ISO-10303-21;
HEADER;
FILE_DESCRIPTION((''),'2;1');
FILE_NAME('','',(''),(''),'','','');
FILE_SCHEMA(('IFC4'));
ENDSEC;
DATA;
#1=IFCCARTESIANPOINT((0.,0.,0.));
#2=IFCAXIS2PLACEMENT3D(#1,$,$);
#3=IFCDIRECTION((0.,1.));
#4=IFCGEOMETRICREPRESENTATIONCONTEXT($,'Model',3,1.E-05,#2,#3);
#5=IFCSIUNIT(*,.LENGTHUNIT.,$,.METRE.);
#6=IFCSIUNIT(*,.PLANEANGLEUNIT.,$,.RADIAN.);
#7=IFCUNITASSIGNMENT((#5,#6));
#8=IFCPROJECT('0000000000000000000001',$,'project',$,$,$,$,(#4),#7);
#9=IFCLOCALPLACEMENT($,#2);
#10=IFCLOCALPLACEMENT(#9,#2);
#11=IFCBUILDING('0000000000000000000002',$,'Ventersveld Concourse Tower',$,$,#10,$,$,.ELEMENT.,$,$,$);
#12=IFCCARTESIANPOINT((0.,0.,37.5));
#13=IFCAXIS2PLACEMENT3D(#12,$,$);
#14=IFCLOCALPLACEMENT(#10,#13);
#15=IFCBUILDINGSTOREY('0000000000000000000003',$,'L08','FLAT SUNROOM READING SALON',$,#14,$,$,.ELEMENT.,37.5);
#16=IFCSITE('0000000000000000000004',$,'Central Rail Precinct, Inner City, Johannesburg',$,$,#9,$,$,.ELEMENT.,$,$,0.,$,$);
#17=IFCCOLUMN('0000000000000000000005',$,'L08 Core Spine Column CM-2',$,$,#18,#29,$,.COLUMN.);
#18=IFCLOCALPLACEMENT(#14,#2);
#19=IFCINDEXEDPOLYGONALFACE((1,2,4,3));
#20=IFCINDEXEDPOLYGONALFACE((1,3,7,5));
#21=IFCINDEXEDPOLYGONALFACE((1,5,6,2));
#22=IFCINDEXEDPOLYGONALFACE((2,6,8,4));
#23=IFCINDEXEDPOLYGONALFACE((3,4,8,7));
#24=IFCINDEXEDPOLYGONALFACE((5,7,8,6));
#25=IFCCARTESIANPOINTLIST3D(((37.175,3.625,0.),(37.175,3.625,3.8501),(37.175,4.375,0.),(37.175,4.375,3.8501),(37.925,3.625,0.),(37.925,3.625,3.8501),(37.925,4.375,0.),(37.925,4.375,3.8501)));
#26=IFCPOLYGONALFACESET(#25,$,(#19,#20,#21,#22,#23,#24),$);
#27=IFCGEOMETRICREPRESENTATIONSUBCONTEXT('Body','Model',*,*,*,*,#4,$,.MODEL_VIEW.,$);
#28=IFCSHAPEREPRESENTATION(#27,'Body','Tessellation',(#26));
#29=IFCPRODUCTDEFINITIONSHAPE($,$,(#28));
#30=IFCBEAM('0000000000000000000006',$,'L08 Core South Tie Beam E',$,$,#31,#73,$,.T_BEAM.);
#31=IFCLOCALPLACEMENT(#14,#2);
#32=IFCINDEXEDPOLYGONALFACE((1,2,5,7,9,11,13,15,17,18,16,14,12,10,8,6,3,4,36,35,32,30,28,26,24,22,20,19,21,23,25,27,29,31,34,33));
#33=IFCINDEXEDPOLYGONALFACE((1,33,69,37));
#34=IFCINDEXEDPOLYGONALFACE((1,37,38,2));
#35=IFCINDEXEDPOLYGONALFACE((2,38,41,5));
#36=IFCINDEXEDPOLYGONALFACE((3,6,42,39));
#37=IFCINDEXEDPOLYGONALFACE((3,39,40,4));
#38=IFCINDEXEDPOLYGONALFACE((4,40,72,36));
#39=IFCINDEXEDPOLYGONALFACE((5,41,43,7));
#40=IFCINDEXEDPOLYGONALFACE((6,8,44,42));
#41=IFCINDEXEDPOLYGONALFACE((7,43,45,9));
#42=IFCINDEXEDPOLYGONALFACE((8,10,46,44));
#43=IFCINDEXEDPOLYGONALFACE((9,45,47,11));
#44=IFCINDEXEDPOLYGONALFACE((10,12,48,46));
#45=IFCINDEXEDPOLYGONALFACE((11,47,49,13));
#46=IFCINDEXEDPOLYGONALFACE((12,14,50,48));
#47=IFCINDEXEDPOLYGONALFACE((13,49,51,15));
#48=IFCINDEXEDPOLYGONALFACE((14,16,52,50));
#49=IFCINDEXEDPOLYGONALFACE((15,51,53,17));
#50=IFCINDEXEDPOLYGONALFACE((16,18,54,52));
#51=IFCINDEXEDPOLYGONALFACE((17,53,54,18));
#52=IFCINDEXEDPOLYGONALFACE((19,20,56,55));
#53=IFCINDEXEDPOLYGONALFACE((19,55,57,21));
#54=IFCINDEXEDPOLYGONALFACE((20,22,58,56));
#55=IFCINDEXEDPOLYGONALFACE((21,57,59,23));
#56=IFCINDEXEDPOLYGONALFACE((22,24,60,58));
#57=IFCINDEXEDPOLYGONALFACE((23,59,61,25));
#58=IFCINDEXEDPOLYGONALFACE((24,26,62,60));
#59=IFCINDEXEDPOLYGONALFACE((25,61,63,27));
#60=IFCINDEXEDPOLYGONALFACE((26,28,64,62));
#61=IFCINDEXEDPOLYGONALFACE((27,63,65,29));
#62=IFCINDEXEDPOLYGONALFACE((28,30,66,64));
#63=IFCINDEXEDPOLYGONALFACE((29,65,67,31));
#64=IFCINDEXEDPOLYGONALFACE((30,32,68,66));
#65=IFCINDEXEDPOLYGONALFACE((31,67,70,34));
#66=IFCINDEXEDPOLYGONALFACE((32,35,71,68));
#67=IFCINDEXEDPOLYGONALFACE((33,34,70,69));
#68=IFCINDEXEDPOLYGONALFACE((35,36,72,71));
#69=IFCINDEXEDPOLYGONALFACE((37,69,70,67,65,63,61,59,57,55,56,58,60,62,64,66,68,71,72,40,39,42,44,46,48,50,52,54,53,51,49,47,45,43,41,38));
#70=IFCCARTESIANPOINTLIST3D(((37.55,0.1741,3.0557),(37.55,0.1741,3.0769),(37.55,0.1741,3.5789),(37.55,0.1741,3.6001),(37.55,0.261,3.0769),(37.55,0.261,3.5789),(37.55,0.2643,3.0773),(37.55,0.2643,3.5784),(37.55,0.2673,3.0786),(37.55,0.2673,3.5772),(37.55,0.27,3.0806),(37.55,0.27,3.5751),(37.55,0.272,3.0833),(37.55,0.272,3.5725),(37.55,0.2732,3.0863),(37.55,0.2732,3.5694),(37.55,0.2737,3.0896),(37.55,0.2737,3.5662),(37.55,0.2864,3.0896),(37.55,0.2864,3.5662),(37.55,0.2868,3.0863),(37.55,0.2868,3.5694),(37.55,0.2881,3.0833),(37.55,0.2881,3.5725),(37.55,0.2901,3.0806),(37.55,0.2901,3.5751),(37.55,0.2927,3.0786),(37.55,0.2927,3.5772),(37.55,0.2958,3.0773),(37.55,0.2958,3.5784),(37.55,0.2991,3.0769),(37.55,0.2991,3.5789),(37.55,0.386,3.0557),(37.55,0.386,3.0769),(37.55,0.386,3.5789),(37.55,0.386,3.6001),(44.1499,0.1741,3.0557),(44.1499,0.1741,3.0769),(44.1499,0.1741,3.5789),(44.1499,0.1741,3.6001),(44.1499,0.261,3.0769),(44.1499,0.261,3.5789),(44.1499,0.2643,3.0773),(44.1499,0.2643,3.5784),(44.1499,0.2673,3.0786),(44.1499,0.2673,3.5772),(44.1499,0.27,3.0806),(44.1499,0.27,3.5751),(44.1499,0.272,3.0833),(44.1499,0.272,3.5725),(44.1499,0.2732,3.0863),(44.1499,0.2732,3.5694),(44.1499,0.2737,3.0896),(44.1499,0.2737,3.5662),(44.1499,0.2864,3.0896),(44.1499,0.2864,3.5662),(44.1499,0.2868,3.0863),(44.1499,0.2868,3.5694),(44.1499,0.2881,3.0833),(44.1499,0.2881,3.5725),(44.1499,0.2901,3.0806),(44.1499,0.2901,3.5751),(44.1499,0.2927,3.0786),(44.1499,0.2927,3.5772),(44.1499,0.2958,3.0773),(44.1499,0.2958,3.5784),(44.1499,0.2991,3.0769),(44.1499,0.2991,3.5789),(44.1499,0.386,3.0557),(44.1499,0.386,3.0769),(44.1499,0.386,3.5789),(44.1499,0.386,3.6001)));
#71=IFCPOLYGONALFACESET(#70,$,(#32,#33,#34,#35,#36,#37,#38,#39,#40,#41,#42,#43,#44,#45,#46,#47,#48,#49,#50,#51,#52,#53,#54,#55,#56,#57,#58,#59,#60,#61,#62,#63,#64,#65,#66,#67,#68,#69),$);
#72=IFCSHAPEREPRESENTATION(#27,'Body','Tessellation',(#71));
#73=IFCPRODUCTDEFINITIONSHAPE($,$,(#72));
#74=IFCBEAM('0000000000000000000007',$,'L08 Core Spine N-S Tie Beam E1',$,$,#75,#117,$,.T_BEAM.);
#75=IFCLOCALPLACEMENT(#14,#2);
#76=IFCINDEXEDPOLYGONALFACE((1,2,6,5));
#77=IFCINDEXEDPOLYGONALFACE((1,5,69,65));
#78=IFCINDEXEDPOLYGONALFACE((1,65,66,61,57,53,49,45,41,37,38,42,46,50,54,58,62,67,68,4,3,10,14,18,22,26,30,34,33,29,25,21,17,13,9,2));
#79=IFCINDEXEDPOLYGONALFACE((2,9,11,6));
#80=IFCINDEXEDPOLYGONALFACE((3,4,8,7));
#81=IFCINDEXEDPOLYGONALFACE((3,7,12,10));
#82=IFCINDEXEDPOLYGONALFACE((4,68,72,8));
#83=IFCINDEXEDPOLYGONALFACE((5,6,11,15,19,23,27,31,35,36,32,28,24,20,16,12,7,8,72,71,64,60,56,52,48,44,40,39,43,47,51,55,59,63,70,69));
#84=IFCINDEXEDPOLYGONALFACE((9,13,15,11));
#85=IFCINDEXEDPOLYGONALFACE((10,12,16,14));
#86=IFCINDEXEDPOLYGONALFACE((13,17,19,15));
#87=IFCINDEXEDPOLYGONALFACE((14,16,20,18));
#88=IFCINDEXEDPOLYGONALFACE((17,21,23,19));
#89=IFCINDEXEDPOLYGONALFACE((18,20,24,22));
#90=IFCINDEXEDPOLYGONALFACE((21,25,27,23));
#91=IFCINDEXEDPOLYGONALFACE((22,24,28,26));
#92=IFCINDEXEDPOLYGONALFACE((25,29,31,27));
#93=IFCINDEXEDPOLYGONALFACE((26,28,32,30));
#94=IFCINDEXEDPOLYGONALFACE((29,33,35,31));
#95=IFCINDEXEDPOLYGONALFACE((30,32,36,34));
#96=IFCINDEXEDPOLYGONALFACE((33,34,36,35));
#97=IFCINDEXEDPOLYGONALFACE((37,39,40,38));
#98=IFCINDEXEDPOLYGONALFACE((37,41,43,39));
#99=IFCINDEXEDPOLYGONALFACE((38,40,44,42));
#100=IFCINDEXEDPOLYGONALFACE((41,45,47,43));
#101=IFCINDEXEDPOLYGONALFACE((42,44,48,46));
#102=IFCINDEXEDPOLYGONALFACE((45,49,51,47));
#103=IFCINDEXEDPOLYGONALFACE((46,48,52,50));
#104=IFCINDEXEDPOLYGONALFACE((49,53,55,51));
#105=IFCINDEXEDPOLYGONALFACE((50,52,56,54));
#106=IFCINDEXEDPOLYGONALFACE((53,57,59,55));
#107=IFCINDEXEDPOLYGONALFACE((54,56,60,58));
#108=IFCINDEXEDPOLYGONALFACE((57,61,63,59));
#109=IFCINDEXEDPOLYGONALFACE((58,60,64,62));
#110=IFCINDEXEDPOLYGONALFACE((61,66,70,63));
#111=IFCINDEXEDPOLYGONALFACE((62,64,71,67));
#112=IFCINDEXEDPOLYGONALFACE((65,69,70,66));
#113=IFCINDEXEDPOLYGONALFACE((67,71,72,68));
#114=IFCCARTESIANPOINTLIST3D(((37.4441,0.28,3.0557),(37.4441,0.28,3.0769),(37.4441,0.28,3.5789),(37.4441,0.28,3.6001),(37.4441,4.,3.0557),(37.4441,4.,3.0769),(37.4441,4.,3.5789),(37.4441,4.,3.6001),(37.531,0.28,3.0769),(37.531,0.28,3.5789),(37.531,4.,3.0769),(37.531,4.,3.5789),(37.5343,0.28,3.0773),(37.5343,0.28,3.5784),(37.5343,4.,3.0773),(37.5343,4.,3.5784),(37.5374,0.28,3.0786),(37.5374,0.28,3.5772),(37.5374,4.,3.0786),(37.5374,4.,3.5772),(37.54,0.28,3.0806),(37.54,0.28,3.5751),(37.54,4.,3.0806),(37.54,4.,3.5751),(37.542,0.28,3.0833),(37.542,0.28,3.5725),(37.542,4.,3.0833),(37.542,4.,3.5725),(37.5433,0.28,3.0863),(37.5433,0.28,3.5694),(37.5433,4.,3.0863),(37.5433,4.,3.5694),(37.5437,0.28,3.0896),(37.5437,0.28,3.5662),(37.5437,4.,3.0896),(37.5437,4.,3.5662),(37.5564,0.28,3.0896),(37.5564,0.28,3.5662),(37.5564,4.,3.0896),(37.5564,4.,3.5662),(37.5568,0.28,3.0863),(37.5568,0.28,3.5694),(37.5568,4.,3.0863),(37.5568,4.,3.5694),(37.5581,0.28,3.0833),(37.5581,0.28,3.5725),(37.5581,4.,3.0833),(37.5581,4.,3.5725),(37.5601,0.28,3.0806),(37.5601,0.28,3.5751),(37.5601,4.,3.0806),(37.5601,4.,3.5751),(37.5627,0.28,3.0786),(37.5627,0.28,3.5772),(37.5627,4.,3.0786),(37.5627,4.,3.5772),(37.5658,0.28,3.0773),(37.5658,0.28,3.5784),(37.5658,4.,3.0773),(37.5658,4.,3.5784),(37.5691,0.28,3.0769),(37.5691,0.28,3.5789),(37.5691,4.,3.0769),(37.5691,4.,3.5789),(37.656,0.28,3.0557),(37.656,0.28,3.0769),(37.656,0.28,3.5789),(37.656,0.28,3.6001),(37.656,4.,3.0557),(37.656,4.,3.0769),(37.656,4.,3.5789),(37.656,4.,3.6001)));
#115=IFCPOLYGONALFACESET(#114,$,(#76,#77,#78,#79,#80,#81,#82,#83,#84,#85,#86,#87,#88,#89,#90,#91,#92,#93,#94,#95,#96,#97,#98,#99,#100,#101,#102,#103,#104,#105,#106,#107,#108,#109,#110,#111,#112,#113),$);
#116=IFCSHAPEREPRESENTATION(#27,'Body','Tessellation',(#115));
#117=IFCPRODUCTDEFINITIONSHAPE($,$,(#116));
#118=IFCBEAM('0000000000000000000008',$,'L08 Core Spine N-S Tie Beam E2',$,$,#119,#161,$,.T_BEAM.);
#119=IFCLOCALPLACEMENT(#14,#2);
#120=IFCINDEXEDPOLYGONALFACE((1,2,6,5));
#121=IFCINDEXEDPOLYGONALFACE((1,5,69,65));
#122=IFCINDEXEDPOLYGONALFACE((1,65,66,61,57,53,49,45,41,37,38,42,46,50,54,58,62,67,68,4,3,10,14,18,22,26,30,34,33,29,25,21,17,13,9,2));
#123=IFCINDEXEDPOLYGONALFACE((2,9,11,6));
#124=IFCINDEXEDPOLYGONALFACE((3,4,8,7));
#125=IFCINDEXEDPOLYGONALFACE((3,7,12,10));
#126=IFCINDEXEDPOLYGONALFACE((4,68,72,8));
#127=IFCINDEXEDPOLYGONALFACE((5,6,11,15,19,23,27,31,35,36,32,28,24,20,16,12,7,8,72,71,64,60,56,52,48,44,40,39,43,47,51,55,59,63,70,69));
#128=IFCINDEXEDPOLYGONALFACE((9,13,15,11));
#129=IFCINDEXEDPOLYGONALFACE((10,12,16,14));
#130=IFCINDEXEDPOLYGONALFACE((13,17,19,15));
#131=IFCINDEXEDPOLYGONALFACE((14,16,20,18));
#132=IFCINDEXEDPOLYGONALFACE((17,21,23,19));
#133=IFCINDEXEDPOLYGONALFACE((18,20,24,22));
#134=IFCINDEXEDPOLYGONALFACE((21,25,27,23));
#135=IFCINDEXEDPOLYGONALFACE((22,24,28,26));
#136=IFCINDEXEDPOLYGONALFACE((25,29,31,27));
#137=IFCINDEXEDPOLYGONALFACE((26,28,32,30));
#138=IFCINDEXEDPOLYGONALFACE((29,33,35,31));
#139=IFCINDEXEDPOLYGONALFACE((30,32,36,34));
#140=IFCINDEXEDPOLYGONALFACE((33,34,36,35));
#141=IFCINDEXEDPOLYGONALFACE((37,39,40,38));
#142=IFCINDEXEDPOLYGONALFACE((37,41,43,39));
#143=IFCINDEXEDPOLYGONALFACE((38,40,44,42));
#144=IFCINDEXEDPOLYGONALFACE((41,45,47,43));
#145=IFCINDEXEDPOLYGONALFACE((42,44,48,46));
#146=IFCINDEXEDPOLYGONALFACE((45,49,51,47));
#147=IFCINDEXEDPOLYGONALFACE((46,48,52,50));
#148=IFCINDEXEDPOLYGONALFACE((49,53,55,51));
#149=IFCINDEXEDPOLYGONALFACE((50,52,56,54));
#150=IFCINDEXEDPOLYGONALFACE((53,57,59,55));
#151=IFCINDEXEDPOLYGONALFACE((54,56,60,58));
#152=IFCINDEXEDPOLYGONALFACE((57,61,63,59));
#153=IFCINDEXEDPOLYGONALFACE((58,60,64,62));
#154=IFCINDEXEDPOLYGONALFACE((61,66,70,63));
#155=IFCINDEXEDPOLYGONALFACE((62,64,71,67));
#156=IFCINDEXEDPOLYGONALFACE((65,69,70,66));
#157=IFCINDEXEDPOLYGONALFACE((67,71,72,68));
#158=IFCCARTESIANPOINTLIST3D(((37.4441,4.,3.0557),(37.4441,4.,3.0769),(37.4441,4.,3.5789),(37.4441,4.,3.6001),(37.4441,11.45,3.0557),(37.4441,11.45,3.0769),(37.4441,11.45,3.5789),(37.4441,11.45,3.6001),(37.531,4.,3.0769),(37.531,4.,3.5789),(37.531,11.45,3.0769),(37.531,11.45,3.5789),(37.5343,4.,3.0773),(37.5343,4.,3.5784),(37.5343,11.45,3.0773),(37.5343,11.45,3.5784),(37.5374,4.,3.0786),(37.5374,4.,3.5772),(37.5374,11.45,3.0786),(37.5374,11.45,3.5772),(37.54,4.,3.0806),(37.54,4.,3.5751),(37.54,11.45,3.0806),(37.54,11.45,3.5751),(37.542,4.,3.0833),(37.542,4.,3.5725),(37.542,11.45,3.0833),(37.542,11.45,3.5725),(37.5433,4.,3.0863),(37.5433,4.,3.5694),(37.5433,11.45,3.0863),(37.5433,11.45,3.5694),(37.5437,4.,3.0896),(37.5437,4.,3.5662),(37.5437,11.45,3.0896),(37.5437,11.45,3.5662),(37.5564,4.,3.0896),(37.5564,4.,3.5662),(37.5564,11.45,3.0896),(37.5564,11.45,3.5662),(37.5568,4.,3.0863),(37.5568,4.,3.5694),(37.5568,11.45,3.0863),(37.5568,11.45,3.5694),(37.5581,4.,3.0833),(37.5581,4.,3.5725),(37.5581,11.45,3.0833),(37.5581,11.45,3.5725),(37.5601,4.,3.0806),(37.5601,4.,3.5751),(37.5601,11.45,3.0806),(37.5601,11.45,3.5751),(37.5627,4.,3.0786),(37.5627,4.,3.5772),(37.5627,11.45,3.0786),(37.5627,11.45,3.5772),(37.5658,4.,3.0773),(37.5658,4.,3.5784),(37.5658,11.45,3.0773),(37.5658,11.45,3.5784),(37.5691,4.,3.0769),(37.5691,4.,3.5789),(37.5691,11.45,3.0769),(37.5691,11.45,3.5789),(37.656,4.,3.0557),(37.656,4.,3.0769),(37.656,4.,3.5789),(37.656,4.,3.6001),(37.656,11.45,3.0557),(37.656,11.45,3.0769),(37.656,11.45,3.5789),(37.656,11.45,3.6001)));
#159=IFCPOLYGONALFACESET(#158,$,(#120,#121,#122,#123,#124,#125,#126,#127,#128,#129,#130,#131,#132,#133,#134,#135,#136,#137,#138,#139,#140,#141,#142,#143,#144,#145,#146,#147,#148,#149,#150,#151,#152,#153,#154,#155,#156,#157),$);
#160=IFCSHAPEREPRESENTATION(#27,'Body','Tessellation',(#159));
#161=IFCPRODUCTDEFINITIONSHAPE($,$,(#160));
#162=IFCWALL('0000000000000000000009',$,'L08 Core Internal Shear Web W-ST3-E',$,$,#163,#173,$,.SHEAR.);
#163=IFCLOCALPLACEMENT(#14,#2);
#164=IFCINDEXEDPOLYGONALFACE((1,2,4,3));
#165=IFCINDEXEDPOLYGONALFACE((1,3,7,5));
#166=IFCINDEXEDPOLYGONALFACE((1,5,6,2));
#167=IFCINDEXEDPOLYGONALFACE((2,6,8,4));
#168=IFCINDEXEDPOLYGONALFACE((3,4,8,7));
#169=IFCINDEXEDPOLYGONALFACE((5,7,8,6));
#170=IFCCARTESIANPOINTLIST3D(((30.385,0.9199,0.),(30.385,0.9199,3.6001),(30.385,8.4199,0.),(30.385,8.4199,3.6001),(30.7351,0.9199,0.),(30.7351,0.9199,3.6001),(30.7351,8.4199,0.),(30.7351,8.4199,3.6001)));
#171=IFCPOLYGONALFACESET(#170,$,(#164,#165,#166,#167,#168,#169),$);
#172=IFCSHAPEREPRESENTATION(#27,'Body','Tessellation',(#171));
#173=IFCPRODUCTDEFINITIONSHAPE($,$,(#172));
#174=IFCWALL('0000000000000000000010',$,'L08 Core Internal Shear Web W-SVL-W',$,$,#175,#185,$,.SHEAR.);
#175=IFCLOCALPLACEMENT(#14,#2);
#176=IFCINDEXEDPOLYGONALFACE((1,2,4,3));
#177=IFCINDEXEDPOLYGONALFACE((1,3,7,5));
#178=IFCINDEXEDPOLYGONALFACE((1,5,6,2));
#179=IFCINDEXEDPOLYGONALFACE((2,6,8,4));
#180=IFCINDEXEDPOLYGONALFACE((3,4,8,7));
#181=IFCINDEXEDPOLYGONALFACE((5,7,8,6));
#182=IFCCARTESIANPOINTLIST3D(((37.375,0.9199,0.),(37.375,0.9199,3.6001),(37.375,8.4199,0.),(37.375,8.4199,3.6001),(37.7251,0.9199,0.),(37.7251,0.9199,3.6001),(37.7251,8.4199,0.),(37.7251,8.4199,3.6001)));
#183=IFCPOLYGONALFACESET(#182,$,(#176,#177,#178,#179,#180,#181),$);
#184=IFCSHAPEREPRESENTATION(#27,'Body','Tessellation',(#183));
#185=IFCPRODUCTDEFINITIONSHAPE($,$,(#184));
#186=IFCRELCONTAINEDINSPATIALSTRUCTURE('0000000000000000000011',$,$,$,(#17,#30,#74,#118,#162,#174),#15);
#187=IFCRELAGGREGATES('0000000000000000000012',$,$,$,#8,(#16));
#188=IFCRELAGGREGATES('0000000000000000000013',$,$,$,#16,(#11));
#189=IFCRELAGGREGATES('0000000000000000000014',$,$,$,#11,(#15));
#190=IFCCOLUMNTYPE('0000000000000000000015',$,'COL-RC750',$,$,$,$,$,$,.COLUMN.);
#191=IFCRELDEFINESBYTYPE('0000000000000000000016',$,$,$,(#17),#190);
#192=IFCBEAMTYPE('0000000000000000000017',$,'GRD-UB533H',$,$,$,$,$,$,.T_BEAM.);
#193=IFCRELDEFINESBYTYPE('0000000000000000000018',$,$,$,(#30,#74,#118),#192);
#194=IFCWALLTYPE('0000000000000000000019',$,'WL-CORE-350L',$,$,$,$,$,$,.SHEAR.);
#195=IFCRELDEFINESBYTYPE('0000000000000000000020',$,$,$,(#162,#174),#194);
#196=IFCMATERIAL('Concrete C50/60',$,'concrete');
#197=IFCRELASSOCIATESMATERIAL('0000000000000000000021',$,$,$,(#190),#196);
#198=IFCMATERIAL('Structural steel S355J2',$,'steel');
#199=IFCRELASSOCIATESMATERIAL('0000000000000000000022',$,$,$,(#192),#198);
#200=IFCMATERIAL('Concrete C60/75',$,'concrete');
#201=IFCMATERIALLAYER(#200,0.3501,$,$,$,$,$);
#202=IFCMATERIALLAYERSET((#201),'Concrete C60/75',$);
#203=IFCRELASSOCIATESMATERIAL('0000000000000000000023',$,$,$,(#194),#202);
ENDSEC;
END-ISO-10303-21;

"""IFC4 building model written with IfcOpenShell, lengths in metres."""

from ifc_helpers import new_model, si_unit, direction, frame, frame_2d, origin, origin_2d, place, context, subcontext, project, spatial, rectangle, i_section, extrude, material, layer, layer_set, material_profile, profile_set, type_object, element, save


model = new_model("IFC4")

# Units and contexts
model_context = context("Model", 3, precision=1e-05, world=origin(), true_north=direction((0.0, 1.0)))
body_context = subcontext(model_context, "Body", "Model", "MODEL_VIEW")
ifc_project = project(units=[si_unit("LENGTHUNIT", "METRE"), si_unit("PLANEANGLEUNIT", "RADIAN")], contexts=[model_context])

# Site, building, storey
site_placement = place(None, origin())
site = spatial("IfcSite", under=ifc_project, at=site_placement, Name="Central Rail Precinct, Inner City, Johannesburg", CompositionType="ELEMENT", RefElevation=0.0)
building_placement = place(site_placement, origin())
building = spatial("IfcBuilding", under=site, at=building_placement, Name="Ventersveld Concourse Tower", CompositionType="ELEMENT")
storey_placement = place(building_placement, frame((0.0, 0.0, 37.5)))
storey = spatial("IfcBuildingStorey", under=building, at=storey_placement, Name="L08", Description="FLAT SUNROOM READING SALON", CompositionType="ELEMENT", Elevation=37.5)

# Column
ifc_material_1 = material(Name="Concrete C50/60", Category="concrete")
ifc_material_profile_1 = material_profile(ifc_material_1, rectangle(XDim=0.75, YDim=0.75, at=origin_2d()), Name="RC 750x750")
ifc_profile_set_1 = profile_set([ifc_material_profile_1], Name="Concrete C50/60")
column_type = type_object("IfcColumnType", Name="COL-RC750", PredefinedType="COLUMN", material=ifc_profile_set_1)
column_placement = place(storey_placement, frame((37.55, 4.0, 0.0), z_axis=(0.0, 0.0, 1.0), x_axis=(1.0, 0.0, 0.0)))
element("IfcColumn", 1, at=column_placement, inside=storey, type_object=column_type, Name="L08 Core Spine Column CM-2", PredefinedType="COLUMN", context=body_context, shape_type="SweptSolid", body=[
    extrude(rectangle(XDim=0.75, YDim=0.75, at=origin_2d()), origin(), (0.0, 0.0, 1.0), 3.8501),
])

# Beams
ifc_material_2 = material(Name="Structural steel S355J2", Category="steel")
ifc_material_profile_2 = material_profile(ifc_material_2, i_section(OverallWidth=0.2119, OverallDepth=0.5444, WebThickness=0.0127, FlangeThickness=0.0212, FilletRadius=0.0127, at=origin_2d()), Name="UB 533x210x122")
ifc_profile_set_2 = profile_set([ifc_material_profile_2], Name="Structural steel S355J2")
beam_type = type_object("IfcBeamType", Name="GRD-UB533H", PredefinedType="T_BEAM", material=ifc_profile_set_2)
beam_1_placement = place(storey_placement, frame((37.55, 0.28, 3.3279), z_axis=(1.0, 0.0, 0.0), x_axis=(0.0, 1.0, 0.0)))
element("IfcBeam", 2, at=beam_1_placement, inside=storey, type_object=beam_type, Name="L08 Core South Tie Beam E", PredefinedType="T_BEAM", context=body_context, shape_type="SweptSolid", body=[
    extrude(i_section(OverallWidth=0.2119, OverallDepth=0.5444, WebThickness=0.0127, FlangeThickness=0.0212, FilletRadius=0.0127, at=origin_2d()), origin(), (0.0, 0.0, 1.0), 6.5999),
])
beam_2_placement = place(storey_placement, frame((37.55, 0.28, 3.3279), z_axis=(0.0, 1.0, 0.0), x_axis=(-1.0, 0.0, 0.0)))
element("IfcBeam", 3, at=beam_2_placement, inside=storey, type_object=beam_type, Name="L08 Core Spine N-S Tie Beam E1", PredefinedType="T_BEAM", context=body_context, shape_type="SweptSolid", body=[
    extrude(i_section(OverallWidth=0.2119, OverallDepth=0.5444, WebThickness=0.0127, FlangeThickness=0.0212, FilletRadius=0.0127, at=origin_2d()), origin(), (0.0, 0.0, 1.0), 3.72),
])
beam_3_placement = place(storey_placement, frame((37.55, 4.0, 3.3279), z_axis=(0.0, 1.0, 0.0), x_axis=(-1.0, 0.0, 0.0)))
element("IfcBeam", 4, at=beam_3_placement, inside=storey, type_object=beam_type, Name="L08 Core Spine N-S Tie Beam E2", PredefinedType="T_BEAM", context=body_context, shape_type="SweptSolid", body=[
    extrude(i_section(OverallWidth=0.2119, OverallDepth=0.5444, WebThickness=0.0127, FlangeThickness=0.0212, FilletRadius=0.0127, at=origin_2d()), origin(), (0.0, 0.0, 1.0), 7.45),
])

# Walls
ifc_material_3 = material(Name="Concrete C60/75", Category="concrete")
ifc_layer_1 = layer(ifc_material_3, 0.3501)
ifc_layer_set_1 = layer_set([ifc_layer_1], Name="Concrete C60/75")
wall_type_1 = type_object("IfcWallType", Name="WL-CORE-350L", PredefinedType="SHEAR", material=ifc_layer_set_1)
for number, where, z_axis, x_axis, name in (
    (5, (30.5601, 0.9199, 0.0), (0.0, 0.0, 1.0), (0.0, 1.0, 0.0), "L08 Core Internal Shear Web W-ST3-E"),
    (6, (37.55, 0.9199, 0.0), (0.0, 0.0, 1.0), (0.0, 1.0, 0.0), "L08 Core Internal Shear Web W-SVL-W"),
):
    element("IfcWall", number, at=place(storey_placement, frame(where, z_axis=z_axis, x_axis=x_axis)), inside=storey, type_object=wall_type_1, Name=name, PredefinedType="SHEAR", context=body_context, shape_type="SweptSolid", body=[
        extrude(rectangle(XDim=7.5, YDim=0.3501, at=frame_2d((3.75, 0.0))), origin(), (0.0, 0.0, 1.0), 3.6001),
    ])

save(model, "model.ifc")
